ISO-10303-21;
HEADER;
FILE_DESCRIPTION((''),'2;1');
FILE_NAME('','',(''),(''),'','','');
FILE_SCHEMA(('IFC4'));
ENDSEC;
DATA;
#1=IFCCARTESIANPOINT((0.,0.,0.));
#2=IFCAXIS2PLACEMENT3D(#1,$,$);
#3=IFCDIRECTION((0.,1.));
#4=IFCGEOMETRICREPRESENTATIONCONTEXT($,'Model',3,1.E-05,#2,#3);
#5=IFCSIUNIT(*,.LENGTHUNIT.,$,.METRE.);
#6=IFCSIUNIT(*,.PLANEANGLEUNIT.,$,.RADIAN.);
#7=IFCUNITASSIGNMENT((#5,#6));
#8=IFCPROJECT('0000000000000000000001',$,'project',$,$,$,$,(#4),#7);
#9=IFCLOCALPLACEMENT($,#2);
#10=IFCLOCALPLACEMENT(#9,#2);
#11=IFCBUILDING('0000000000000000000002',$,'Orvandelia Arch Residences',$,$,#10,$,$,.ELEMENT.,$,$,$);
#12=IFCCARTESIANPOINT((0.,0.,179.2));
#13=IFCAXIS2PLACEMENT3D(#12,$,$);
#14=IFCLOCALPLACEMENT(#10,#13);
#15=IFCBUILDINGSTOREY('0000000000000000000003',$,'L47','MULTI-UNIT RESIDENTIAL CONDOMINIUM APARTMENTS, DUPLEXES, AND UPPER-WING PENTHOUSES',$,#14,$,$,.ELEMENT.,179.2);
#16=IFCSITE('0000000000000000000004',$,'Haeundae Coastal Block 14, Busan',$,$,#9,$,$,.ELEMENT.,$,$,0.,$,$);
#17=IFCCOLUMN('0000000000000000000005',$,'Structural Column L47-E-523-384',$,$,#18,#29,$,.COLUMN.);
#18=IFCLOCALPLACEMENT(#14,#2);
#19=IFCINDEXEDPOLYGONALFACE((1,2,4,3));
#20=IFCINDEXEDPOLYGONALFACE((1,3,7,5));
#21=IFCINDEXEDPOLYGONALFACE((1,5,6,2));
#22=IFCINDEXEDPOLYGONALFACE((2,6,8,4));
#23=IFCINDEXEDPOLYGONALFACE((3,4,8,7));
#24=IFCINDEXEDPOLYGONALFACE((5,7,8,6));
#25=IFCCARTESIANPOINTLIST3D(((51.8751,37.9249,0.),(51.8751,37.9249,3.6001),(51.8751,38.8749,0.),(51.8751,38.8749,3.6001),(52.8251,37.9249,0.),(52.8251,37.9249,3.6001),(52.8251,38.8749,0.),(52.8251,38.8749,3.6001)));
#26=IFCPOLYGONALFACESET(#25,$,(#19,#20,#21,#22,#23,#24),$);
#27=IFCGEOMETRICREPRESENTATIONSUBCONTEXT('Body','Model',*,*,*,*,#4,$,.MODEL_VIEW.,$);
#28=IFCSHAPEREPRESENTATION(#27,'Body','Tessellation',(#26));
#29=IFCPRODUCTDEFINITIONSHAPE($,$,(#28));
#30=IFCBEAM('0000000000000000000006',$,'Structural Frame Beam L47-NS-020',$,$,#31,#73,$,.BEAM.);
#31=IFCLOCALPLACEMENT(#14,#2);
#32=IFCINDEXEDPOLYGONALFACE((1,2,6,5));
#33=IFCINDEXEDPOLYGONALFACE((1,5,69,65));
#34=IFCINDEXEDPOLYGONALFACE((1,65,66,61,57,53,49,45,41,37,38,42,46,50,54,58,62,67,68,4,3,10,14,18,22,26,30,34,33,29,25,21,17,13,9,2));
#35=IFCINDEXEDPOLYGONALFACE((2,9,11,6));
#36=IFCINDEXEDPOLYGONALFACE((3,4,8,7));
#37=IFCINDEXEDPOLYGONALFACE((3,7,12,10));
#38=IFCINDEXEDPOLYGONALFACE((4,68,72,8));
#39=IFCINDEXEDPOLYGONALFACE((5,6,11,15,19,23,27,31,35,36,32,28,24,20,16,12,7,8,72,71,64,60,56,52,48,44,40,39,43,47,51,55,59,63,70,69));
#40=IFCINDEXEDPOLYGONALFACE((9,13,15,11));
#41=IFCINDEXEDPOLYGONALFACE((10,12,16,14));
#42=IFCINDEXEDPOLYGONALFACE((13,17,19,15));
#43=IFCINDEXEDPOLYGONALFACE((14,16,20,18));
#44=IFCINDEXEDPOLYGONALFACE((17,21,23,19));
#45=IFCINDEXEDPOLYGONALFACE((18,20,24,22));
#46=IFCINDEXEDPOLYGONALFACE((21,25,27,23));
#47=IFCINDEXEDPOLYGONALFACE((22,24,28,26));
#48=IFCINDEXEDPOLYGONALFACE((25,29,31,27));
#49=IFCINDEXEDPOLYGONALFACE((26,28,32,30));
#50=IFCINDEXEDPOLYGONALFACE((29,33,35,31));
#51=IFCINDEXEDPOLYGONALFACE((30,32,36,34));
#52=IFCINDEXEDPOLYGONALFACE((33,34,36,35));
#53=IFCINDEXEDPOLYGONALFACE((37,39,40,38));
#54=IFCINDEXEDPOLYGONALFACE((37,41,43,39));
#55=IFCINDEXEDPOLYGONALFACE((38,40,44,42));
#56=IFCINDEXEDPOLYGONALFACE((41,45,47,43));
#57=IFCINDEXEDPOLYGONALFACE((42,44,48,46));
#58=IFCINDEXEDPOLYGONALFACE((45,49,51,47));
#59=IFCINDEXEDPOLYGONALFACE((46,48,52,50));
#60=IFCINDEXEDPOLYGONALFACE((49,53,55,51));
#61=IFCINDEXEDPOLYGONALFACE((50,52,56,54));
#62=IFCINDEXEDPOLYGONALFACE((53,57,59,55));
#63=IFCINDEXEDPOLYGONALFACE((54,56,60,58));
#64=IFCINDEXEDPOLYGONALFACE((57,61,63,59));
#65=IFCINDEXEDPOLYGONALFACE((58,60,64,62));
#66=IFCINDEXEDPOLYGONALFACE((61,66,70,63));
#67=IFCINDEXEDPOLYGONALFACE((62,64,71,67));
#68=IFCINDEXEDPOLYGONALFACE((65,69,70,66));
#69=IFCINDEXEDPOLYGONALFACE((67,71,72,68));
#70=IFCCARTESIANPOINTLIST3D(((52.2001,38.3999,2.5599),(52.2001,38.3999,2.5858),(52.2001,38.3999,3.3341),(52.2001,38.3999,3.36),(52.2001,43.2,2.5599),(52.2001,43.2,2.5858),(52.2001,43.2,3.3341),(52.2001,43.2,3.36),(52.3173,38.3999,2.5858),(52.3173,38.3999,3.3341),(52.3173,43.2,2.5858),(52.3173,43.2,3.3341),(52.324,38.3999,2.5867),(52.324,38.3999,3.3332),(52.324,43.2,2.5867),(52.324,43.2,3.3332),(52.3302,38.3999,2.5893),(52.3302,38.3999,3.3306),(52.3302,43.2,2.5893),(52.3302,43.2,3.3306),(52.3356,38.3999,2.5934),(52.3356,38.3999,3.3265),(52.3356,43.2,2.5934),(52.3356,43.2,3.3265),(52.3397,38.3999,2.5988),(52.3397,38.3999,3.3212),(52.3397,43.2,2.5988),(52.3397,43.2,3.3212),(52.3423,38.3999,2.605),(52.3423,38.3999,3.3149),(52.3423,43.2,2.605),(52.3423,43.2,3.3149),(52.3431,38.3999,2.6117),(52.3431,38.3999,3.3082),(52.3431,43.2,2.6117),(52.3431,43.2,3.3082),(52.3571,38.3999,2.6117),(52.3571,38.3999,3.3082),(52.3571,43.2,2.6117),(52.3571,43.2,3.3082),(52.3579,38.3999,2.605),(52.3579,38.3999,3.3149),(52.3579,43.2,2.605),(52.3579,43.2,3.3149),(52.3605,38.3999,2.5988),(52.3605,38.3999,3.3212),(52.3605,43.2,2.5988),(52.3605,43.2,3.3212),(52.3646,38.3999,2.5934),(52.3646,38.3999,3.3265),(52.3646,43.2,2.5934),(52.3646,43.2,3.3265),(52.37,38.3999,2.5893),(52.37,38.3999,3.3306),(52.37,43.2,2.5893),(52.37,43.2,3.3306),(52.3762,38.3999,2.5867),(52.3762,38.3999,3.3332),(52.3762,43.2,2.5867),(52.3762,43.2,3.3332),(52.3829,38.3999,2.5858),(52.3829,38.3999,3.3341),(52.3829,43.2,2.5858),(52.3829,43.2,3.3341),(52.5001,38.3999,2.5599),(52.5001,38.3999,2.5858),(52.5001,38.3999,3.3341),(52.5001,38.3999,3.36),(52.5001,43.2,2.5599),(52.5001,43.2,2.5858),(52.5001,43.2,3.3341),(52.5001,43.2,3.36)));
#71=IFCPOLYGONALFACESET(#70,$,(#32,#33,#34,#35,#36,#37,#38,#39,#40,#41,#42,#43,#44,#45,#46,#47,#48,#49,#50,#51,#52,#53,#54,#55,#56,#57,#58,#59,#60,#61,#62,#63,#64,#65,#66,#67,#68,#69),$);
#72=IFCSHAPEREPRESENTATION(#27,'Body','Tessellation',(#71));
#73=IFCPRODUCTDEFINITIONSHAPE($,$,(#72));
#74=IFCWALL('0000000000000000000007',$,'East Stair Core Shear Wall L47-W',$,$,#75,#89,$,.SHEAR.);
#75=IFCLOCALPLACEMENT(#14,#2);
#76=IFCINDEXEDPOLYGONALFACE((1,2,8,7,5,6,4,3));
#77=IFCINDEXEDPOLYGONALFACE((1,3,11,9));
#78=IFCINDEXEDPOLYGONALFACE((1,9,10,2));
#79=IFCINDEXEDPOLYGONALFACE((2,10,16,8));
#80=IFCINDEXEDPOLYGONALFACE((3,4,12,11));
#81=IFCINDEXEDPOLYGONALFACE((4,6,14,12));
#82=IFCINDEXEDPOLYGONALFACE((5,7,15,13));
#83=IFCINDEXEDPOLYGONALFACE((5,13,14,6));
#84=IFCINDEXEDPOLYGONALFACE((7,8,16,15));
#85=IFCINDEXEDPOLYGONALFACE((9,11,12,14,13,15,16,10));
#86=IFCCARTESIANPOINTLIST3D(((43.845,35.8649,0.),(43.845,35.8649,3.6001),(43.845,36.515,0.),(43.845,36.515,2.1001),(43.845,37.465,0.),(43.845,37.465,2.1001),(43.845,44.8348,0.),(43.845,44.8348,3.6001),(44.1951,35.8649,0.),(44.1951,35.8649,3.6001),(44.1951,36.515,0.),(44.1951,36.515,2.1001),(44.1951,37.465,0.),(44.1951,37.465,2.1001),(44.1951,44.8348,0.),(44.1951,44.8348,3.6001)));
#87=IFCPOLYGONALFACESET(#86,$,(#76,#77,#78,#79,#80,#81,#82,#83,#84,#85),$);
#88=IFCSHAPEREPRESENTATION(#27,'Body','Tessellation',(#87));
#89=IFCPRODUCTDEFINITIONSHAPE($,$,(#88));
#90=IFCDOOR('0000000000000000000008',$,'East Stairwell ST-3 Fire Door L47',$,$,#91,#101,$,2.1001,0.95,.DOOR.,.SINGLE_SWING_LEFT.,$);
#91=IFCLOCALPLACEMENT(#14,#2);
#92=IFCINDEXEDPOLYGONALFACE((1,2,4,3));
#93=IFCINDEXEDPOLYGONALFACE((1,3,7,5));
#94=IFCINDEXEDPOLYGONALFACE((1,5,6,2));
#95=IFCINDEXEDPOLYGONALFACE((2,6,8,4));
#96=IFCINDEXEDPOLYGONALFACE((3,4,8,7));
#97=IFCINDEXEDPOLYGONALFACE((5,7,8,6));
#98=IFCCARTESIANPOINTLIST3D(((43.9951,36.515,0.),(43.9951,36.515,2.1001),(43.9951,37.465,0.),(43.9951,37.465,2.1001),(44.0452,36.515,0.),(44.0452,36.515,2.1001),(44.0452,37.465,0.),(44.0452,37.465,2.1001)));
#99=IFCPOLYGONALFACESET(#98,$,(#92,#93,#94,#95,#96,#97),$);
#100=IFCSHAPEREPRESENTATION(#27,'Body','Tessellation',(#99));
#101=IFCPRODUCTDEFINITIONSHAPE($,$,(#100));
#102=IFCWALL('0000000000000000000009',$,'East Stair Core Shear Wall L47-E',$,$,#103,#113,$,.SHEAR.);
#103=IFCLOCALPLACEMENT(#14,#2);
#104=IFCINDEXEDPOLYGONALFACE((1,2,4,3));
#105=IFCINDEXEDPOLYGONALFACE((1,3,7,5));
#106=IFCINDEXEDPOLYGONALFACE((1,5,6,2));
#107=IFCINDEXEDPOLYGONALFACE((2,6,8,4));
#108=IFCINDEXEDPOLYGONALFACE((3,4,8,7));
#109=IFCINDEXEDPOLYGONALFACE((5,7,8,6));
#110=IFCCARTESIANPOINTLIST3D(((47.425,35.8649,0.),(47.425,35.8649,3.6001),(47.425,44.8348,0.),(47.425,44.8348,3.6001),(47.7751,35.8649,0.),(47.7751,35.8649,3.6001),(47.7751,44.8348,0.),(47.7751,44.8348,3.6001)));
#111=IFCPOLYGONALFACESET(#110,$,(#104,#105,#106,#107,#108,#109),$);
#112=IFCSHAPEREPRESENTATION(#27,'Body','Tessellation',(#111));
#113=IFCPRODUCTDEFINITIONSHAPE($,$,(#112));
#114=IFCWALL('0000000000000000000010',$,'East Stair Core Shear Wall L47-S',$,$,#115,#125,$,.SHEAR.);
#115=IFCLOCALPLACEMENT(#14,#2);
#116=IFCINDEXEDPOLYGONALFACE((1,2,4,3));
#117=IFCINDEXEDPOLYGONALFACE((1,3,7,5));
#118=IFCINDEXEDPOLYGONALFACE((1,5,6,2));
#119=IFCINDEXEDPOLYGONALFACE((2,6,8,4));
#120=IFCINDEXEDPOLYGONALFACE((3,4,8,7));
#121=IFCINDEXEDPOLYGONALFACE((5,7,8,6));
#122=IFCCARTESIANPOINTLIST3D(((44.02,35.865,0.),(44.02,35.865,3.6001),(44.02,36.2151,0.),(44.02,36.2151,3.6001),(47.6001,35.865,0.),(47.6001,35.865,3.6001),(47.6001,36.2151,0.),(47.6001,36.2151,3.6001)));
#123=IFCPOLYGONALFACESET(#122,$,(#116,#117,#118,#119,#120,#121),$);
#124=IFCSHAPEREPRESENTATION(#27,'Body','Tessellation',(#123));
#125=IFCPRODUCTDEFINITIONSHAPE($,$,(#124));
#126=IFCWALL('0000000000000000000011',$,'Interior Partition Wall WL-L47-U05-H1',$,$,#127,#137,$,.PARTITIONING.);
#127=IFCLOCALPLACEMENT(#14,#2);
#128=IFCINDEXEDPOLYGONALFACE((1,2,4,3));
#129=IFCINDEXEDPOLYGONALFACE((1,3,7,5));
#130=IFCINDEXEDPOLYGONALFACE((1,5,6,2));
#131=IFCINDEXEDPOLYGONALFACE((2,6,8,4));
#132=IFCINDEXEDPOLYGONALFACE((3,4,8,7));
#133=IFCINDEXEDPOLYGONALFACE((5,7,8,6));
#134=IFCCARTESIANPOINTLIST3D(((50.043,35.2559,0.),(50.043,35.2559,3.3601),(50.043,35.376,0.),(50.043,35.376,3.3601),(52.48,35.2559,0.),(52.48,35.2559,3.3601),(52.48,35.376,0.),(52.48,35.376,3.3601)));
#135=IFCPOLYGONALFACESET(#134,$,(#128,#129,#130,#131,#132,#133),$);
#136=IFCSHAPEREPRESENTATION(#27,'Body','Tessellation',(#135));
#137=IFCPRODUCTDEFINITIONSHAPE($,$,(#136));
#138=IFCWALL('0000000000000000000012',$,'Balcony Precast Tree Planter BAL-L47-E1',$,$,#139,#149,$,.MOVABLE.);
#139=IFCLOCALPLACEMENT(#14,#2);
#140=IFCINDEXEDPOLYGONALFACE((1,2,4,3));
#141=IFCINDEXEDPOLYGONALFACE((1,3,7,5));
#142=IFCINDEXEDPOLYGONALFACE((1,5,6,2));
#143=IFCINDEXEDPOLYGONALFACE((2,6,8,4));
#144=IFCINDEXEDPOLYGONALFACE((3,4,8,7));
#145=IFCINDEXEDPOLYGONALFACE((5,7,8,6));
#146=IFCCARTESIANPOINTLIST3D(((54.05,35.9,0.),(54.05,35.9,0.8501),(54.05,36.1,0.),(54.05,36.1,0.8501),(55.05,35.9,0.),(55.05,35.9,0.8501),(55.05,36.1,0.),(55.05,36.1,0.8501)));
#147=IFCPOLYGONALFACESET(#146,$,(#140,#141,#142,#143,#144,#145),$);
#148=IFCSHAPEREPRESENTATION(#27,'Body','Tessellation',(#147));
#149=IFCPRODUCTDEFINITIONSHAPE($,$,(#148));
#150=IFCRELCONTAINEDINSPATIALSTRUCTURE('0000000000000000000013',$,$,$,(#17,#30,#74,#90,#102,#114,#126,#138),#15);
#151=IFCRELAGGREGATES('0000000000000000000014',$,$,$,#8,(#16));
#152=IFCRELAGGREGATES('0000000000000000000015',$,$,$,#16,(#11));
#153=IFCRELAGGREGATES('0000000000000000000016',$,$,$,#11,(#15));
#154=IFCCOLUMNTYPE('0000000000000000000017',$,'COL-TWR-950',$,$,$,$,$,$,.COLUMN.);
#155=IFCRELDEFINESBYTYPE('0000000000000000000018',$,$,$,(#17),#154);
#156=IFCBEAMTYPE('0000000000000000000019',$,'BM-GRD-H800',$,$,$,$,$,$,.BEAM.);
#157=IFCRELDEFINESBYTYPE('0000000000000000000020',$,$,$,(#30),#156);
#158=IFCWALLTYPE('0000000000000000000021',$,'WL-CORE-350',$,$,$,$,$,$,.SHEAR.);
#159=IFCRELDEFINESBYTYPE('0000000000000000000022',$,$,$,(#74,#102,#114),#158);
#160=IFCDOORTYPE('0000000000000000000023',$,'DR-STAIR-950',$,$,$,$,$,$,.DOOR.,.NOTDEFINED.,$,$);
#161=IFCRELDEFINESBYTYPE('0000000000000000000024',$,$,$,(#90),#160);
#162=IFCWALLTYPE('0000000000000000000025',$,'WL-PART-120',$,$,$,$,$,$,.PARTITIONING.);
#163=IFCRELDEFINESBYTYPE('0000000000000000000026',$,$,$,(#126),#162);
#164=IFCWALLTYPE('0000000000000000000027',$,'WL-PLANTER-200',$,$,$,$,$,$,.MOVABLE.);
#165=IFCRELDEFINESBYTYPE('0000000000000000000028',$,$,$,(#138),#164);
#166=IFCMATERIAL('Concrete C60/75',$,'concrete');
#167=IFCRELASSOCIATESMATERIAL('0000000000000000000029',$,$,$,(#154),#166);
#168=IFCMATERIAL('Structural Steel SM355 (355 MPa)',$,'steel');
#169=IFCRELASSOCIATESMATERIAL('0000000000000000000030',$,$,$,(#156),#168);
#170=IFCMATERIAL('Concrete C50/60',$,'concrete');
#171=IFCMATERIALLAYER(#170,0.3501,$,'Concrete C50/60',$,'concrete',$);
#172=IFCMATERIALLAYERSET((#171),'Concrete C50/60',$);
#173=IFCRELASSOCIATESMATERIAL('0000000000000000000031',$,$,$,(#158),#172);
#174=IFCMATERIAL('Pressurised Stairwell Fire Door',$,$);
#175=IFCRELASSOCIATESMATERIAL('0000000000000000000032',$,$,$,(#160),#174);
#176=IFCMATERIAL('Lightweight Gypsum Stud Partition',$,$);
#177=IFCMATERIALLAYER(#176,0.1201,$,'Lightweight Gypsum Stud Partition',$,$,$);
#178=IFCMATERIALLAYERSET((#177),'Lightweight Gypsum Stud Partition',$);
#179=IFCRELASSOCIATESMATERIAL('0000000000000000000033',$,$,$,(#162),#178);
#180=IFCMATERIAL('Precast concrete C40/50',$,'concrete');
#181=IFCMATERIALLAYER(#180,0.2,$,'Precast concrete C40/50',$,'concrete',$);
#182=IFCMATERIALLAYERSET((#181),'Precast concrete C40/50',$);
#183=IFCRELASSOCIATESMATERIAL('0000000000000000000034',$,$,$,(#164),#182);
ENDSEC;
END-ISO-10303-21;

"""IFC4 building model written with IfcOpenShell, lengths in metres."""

from ifc_helpers import new_model, si_unit, direction, frame, frame_2d, origin, origin_2d, place, context, subcontext, project, spatial, rectangle, i_section, extrude, material, layer, layer_set, material_profile, profile_set, type_object, element, fill, save


model = new_model("IFC4")

# Units and contexts
model_context = context("Model", 3, precision=1e-05, world=origin(), true_north=direction((0.0, 1.0)))
body_context = subcontext(model_context, "Body", "Model", "MODEL_VIEW")
ifc_project = project(units=[si_unit("LENGTHUNIT", "METRE"), si_unit("PLANEANGLEUNIT", "RADIAN")], contexts=[model_context])

# Site, building, storey
site_placement = place(None, origin())
site = spatial("IfcSite", under=ifc_project, at=site_placement, Name="Haeundae Coastal Block 14, Busan", CompositionType="ELEMENT", RefElevation=0.0)
building_placement = place(site_placement, origin())
building = spatial("IfcBuilding", under=site, at=building_placement, Name="Orvandelia Arch Residences", CompositionType="ELEMENT")
storey_placement = place(building_placement, frame((0.0, 0.0, 179.2)))
storey = spatial("IfcBuildingStorey", under=building, at=storey_placement, Name="L47", Description="MULTI-UNIT RESIDENTIAL CONDOMINIUM APARTMENTS, DUPLEXES, AND UPPER-WING PENTHOUSES", CompositionType="ELEMENT", Elevation=179.2)

# Column
ifc_material_1 = material(Name="Concrete C60/75", Category="concrete")
ifc_material_profile_1 = material_profile(ifc_material_1, rectangle(XDim=0.95, YDim=0.95, at=origin_2d()), Name="Concrete C60/75", Category="concrete")
ifc_profile_set_1 = profile_set([ifc_material_profile_1], Name="Concrete C60/75")
column_type = type_object("IfcColumnType", Name="COL-TWR-950", PredefinedType="COLUMN", material=ifc_profile_set_1)
column_placement = place(storey_placement, frame((52.3501, 38.3999, 0.0), z_axis=(0.0, 0.0, 1.0), x_axis=(1.0, 0.0, 0.0)))
element("IfcColumn", 1, at=column_placement, inside=storey, type_object=column_type, Name="Structural Column L47-E-523-384", PredefinedType="COLUMN", context=body_context, shape_type="SweptSolid", body=[
    extrude(rectangle(XDim=0.95, YDim=0.95, at=origin_2d()), origin(), (0.0, 0.0, 1.0), 3.6001),
])

# Beam
ifc_material_2 = material(Name="Structural Steel SM355 (355 MPa)", Category="steel")
ifc_material_profile_2 = material_profile(ifc_material_2, i_section(OverallWidth=0.3, OverallDepth=0.8, WebThickness=0.0139, FlangeThickness=0.0259, FilletRadius=0.0259, at=origin_2d()), Name="Structural Steel SM355 (355 MPa)", Category="steel")
ifc_profile_set_2 = profile_set([ifc_material_profile_2], Name="Structural Steel SM355 (355 MPa)")
beam_type = type_object("IfcBeamType", Name="BM-GRD-H800", PredefinedType="BEAM", material=ifc_profile_set_2)
beam_placement = place(storey_placement, frame((52.3501, 38.3999, 2.96), z_axis=(0.0, 1.0, 0.0), x_axis=(-1.0, 0.0, 0.0)))
element("IfcBeam", 2, at=beam_placement, inside=storey, type_object=beam_type, Name="Structural Frame Beam L47-NS-020", PredefinedType="BEAM", context=body_context, shape_type="SweptSolid", body=[
    extrude(i_section(OverallWidth=0.3, OverallDepth=0.8, WebThickness=0.0139, FlangeThickness=0.0259, FilletRadius=0.0259, at=origin_2d()), origin(), (0.0, 0.0, 1.0), 4.8),
])

# Wall, opening, door
ifc_material_3 = material(Name="Concrete C50/60", Category="concrete")
ifc_layer_1 = layer(ifc_material_3, 0.3501, Name="Concrete C50/60", Category="concrete")
ifc_layer_set_1 = layer_set([ifc_layer_1], Name="Concrete C50/60")
wall_type_1 = type_object("IfcWallType", Name="WL-CORE-350", PredefinedType="SHEAR", material=ifc_layer_set_1)
wall_1_placement = place(storey_placement, frame((44.02, 35.865, 0.0), z_axis=(0.0, 0.0, 1.0), x_axis=(0.0, 1.0, 0.0)))
wall_1 = element("IfcWall", 3, at=wall_1_placement, inside=storey, type_object=wall_type_1, Name="East Stair Core Shear Wall L47-W", PredefinedType="SHEAR", context=body_context, shape_type="SweptSolid", body=[
    extrude(rectangle(XDim=8.97, YDim=0.3501, at=frame_2d((4.4849, 0.0))), origin(), (0.0, 0.0, 1.0), 3.6001),
])
opening_placement = place(wall_1_placement, frame((0.6499, 0.0, 0.0)))
opening = element("IfcOpeningElement", 4, at=opening_placement, cuts=wall_1, PredefinedType="OPENING", context=body_context, shape_type="SweptSolid", body=[
    extrude(rectangle(XDim=0.95, YDim=2.1001, at=frame_2d((0.4751, 1.05))), frame((0.0, 0.1851, 0.0), z_axis=(0.0, -1.0, 0.0), x_axis=(1.0, 0.0, 0.0)), (0.0, 0.0, 1.0), 0.3701),
])
ifc_material_4 = material(Name="Pressurised Stairwell Fire Door")
door_type = type_object("IfcDoorType", Name="DR-STAIR-950", OperationType="NOTDEFINED", PredefinedType="DOOR", material=ifc_material_4)
door_placement = place(opening_placement, origin())
door = element("IfcDoor", 5, at=door_placement, inside=storey, type_object=door_type, Name="East Stairwell ST-3 Fire Door L47", OperationType="SINGLE_SWING_LEFT", OverallHeight=2.1001, OverallWidth=0.95, PredefinedType="DOOR", context=body_context, shape_type="SweptSolid", body=[
    extrude(rectangle(XDim=0.95, YDim=2.1001, at=frame_2d((0.4751, 1.05))), frame((0.0, 0.0249, 0.0), z_axis=(0.0, -1.0, 0.0), x_axis=(1.0, 0.0, 0.0)), (0.0, 0.0, 1.0), 0.05),
])
fill(opening, door)

# Walls
wall_2_placement = place(storey_placement, frame((47.6001, 35.865, 0.0), z_axis=(0.0, 0.0, 1.0), x_axis=(0.0, 1.0, 0.0)))
element("IfcWall", 6, at=wall_2_placement, inside=storey, type_object=wall_type_1, Name="East Stair Core Shear Wall L47-E", PredefinedType="SHEAR", context=body_context, shape_type="SweptSolid", body=[
    extrude(rectangle(XDim=8.97, YDim=0.3501, at=frame_2d((4.4849, 0.0))), origin(), (0.0, 0.0, 1.0), 3.6001),
])
wall_3_placement = place(storey_placement, frame((44.02, 36.04, 0.0), z_axis=(0.0, 0.0, 1.0), x_axis=(1.0, 0.0, 0.0)))
element("IfcWall", 7, at=wall_3_placement, inside=storey, type_object=wall_type_1, Name="East Stair Core Shear Wall L47-S", PredefinedType="SHEAR", context=body_context, shape_type="SweptSolid", body=[
    extrude(rectangle(XDim=3.5801, YDim=0.3501, at=frame_2d((1.79, 0.0))), origin(), (0.0, 0.0, 1.0), 3.6001),
])
ifc_material_5 = material(Name="Lightweight Gypsum Stud Partition")
ifc_layer_2 = layer(ifc_material_5, 0.1201, Name="Lightweight Gypsum Stud Partition")
ifc_layer_set_2 = layer_set([ifc_layer_2], Name="Lightweight Gypsum Stud Partition")
wall_type_2 = type_object("IfcWallType", Name="WL-PART-120", PredefinedType="PARTITIONING", material=ifc_layer_set_2)
wall_4_placement = place(storey_placement, frame((50.043, 35.3159, 0.0), z_axis=(0.0, 0.0, 1.0), x_axis=(1.0, 0.0, 0.0)))
element("IfcWall", 8, at=wall_4_placement, inside=storey, type_object=wall_type_2, Name="Interior Partition Wall WL-L47-U05-H1", PredefinedType="PARTITIONING", context=body_context, shape_type="SweptSolid", body=[
    extrude(rectangle(XDim=2.437, YDim=0.1201, at=frame_2d((1.2185, 0.0))), origin(), (0.0, 0.0, 1.0), 3.3601),
])
ifc_material_6 = material(Name="Precast concrete C40/50", Category="concrete")
ifc_layer_3 = layer(ifc_material_6, 0.2, Name="Precast concrete C40/50", Category="concrete")
ifc_layer_set_3 = layer_set([ifc_layer_3], Name="Precast concrete C40/50")
wall_type_3 = type_object("IfcWallType", Name="WL-PLANTER-200", PredefinedType="MOVABLE", material=ifc_layer_set_3)
wall_5_placement = place(storey_placement, frame((54.05, 36.0, 0.0), z_axis=(0.0, 0.0, 1.0), x_axis=(1.0, 0.0, 0.0)))
element("IfcWall", 9, at=wall_5_placement, inside=storey, type_object=wall_type_3, Name="Balcony Precast Tree Planter BAL-L47-E1", PredefinedType="MOVABLE", context=body_context, shape_type="SweptSolid", body=[
    extrude(rectangle(XDim=1.0, YDim=0.2, at=frame_2d((0.5, 0.0))), origin(), (0.0, 0.0, 1.0), 0.8501),
])

save(model, "model.ifc")
